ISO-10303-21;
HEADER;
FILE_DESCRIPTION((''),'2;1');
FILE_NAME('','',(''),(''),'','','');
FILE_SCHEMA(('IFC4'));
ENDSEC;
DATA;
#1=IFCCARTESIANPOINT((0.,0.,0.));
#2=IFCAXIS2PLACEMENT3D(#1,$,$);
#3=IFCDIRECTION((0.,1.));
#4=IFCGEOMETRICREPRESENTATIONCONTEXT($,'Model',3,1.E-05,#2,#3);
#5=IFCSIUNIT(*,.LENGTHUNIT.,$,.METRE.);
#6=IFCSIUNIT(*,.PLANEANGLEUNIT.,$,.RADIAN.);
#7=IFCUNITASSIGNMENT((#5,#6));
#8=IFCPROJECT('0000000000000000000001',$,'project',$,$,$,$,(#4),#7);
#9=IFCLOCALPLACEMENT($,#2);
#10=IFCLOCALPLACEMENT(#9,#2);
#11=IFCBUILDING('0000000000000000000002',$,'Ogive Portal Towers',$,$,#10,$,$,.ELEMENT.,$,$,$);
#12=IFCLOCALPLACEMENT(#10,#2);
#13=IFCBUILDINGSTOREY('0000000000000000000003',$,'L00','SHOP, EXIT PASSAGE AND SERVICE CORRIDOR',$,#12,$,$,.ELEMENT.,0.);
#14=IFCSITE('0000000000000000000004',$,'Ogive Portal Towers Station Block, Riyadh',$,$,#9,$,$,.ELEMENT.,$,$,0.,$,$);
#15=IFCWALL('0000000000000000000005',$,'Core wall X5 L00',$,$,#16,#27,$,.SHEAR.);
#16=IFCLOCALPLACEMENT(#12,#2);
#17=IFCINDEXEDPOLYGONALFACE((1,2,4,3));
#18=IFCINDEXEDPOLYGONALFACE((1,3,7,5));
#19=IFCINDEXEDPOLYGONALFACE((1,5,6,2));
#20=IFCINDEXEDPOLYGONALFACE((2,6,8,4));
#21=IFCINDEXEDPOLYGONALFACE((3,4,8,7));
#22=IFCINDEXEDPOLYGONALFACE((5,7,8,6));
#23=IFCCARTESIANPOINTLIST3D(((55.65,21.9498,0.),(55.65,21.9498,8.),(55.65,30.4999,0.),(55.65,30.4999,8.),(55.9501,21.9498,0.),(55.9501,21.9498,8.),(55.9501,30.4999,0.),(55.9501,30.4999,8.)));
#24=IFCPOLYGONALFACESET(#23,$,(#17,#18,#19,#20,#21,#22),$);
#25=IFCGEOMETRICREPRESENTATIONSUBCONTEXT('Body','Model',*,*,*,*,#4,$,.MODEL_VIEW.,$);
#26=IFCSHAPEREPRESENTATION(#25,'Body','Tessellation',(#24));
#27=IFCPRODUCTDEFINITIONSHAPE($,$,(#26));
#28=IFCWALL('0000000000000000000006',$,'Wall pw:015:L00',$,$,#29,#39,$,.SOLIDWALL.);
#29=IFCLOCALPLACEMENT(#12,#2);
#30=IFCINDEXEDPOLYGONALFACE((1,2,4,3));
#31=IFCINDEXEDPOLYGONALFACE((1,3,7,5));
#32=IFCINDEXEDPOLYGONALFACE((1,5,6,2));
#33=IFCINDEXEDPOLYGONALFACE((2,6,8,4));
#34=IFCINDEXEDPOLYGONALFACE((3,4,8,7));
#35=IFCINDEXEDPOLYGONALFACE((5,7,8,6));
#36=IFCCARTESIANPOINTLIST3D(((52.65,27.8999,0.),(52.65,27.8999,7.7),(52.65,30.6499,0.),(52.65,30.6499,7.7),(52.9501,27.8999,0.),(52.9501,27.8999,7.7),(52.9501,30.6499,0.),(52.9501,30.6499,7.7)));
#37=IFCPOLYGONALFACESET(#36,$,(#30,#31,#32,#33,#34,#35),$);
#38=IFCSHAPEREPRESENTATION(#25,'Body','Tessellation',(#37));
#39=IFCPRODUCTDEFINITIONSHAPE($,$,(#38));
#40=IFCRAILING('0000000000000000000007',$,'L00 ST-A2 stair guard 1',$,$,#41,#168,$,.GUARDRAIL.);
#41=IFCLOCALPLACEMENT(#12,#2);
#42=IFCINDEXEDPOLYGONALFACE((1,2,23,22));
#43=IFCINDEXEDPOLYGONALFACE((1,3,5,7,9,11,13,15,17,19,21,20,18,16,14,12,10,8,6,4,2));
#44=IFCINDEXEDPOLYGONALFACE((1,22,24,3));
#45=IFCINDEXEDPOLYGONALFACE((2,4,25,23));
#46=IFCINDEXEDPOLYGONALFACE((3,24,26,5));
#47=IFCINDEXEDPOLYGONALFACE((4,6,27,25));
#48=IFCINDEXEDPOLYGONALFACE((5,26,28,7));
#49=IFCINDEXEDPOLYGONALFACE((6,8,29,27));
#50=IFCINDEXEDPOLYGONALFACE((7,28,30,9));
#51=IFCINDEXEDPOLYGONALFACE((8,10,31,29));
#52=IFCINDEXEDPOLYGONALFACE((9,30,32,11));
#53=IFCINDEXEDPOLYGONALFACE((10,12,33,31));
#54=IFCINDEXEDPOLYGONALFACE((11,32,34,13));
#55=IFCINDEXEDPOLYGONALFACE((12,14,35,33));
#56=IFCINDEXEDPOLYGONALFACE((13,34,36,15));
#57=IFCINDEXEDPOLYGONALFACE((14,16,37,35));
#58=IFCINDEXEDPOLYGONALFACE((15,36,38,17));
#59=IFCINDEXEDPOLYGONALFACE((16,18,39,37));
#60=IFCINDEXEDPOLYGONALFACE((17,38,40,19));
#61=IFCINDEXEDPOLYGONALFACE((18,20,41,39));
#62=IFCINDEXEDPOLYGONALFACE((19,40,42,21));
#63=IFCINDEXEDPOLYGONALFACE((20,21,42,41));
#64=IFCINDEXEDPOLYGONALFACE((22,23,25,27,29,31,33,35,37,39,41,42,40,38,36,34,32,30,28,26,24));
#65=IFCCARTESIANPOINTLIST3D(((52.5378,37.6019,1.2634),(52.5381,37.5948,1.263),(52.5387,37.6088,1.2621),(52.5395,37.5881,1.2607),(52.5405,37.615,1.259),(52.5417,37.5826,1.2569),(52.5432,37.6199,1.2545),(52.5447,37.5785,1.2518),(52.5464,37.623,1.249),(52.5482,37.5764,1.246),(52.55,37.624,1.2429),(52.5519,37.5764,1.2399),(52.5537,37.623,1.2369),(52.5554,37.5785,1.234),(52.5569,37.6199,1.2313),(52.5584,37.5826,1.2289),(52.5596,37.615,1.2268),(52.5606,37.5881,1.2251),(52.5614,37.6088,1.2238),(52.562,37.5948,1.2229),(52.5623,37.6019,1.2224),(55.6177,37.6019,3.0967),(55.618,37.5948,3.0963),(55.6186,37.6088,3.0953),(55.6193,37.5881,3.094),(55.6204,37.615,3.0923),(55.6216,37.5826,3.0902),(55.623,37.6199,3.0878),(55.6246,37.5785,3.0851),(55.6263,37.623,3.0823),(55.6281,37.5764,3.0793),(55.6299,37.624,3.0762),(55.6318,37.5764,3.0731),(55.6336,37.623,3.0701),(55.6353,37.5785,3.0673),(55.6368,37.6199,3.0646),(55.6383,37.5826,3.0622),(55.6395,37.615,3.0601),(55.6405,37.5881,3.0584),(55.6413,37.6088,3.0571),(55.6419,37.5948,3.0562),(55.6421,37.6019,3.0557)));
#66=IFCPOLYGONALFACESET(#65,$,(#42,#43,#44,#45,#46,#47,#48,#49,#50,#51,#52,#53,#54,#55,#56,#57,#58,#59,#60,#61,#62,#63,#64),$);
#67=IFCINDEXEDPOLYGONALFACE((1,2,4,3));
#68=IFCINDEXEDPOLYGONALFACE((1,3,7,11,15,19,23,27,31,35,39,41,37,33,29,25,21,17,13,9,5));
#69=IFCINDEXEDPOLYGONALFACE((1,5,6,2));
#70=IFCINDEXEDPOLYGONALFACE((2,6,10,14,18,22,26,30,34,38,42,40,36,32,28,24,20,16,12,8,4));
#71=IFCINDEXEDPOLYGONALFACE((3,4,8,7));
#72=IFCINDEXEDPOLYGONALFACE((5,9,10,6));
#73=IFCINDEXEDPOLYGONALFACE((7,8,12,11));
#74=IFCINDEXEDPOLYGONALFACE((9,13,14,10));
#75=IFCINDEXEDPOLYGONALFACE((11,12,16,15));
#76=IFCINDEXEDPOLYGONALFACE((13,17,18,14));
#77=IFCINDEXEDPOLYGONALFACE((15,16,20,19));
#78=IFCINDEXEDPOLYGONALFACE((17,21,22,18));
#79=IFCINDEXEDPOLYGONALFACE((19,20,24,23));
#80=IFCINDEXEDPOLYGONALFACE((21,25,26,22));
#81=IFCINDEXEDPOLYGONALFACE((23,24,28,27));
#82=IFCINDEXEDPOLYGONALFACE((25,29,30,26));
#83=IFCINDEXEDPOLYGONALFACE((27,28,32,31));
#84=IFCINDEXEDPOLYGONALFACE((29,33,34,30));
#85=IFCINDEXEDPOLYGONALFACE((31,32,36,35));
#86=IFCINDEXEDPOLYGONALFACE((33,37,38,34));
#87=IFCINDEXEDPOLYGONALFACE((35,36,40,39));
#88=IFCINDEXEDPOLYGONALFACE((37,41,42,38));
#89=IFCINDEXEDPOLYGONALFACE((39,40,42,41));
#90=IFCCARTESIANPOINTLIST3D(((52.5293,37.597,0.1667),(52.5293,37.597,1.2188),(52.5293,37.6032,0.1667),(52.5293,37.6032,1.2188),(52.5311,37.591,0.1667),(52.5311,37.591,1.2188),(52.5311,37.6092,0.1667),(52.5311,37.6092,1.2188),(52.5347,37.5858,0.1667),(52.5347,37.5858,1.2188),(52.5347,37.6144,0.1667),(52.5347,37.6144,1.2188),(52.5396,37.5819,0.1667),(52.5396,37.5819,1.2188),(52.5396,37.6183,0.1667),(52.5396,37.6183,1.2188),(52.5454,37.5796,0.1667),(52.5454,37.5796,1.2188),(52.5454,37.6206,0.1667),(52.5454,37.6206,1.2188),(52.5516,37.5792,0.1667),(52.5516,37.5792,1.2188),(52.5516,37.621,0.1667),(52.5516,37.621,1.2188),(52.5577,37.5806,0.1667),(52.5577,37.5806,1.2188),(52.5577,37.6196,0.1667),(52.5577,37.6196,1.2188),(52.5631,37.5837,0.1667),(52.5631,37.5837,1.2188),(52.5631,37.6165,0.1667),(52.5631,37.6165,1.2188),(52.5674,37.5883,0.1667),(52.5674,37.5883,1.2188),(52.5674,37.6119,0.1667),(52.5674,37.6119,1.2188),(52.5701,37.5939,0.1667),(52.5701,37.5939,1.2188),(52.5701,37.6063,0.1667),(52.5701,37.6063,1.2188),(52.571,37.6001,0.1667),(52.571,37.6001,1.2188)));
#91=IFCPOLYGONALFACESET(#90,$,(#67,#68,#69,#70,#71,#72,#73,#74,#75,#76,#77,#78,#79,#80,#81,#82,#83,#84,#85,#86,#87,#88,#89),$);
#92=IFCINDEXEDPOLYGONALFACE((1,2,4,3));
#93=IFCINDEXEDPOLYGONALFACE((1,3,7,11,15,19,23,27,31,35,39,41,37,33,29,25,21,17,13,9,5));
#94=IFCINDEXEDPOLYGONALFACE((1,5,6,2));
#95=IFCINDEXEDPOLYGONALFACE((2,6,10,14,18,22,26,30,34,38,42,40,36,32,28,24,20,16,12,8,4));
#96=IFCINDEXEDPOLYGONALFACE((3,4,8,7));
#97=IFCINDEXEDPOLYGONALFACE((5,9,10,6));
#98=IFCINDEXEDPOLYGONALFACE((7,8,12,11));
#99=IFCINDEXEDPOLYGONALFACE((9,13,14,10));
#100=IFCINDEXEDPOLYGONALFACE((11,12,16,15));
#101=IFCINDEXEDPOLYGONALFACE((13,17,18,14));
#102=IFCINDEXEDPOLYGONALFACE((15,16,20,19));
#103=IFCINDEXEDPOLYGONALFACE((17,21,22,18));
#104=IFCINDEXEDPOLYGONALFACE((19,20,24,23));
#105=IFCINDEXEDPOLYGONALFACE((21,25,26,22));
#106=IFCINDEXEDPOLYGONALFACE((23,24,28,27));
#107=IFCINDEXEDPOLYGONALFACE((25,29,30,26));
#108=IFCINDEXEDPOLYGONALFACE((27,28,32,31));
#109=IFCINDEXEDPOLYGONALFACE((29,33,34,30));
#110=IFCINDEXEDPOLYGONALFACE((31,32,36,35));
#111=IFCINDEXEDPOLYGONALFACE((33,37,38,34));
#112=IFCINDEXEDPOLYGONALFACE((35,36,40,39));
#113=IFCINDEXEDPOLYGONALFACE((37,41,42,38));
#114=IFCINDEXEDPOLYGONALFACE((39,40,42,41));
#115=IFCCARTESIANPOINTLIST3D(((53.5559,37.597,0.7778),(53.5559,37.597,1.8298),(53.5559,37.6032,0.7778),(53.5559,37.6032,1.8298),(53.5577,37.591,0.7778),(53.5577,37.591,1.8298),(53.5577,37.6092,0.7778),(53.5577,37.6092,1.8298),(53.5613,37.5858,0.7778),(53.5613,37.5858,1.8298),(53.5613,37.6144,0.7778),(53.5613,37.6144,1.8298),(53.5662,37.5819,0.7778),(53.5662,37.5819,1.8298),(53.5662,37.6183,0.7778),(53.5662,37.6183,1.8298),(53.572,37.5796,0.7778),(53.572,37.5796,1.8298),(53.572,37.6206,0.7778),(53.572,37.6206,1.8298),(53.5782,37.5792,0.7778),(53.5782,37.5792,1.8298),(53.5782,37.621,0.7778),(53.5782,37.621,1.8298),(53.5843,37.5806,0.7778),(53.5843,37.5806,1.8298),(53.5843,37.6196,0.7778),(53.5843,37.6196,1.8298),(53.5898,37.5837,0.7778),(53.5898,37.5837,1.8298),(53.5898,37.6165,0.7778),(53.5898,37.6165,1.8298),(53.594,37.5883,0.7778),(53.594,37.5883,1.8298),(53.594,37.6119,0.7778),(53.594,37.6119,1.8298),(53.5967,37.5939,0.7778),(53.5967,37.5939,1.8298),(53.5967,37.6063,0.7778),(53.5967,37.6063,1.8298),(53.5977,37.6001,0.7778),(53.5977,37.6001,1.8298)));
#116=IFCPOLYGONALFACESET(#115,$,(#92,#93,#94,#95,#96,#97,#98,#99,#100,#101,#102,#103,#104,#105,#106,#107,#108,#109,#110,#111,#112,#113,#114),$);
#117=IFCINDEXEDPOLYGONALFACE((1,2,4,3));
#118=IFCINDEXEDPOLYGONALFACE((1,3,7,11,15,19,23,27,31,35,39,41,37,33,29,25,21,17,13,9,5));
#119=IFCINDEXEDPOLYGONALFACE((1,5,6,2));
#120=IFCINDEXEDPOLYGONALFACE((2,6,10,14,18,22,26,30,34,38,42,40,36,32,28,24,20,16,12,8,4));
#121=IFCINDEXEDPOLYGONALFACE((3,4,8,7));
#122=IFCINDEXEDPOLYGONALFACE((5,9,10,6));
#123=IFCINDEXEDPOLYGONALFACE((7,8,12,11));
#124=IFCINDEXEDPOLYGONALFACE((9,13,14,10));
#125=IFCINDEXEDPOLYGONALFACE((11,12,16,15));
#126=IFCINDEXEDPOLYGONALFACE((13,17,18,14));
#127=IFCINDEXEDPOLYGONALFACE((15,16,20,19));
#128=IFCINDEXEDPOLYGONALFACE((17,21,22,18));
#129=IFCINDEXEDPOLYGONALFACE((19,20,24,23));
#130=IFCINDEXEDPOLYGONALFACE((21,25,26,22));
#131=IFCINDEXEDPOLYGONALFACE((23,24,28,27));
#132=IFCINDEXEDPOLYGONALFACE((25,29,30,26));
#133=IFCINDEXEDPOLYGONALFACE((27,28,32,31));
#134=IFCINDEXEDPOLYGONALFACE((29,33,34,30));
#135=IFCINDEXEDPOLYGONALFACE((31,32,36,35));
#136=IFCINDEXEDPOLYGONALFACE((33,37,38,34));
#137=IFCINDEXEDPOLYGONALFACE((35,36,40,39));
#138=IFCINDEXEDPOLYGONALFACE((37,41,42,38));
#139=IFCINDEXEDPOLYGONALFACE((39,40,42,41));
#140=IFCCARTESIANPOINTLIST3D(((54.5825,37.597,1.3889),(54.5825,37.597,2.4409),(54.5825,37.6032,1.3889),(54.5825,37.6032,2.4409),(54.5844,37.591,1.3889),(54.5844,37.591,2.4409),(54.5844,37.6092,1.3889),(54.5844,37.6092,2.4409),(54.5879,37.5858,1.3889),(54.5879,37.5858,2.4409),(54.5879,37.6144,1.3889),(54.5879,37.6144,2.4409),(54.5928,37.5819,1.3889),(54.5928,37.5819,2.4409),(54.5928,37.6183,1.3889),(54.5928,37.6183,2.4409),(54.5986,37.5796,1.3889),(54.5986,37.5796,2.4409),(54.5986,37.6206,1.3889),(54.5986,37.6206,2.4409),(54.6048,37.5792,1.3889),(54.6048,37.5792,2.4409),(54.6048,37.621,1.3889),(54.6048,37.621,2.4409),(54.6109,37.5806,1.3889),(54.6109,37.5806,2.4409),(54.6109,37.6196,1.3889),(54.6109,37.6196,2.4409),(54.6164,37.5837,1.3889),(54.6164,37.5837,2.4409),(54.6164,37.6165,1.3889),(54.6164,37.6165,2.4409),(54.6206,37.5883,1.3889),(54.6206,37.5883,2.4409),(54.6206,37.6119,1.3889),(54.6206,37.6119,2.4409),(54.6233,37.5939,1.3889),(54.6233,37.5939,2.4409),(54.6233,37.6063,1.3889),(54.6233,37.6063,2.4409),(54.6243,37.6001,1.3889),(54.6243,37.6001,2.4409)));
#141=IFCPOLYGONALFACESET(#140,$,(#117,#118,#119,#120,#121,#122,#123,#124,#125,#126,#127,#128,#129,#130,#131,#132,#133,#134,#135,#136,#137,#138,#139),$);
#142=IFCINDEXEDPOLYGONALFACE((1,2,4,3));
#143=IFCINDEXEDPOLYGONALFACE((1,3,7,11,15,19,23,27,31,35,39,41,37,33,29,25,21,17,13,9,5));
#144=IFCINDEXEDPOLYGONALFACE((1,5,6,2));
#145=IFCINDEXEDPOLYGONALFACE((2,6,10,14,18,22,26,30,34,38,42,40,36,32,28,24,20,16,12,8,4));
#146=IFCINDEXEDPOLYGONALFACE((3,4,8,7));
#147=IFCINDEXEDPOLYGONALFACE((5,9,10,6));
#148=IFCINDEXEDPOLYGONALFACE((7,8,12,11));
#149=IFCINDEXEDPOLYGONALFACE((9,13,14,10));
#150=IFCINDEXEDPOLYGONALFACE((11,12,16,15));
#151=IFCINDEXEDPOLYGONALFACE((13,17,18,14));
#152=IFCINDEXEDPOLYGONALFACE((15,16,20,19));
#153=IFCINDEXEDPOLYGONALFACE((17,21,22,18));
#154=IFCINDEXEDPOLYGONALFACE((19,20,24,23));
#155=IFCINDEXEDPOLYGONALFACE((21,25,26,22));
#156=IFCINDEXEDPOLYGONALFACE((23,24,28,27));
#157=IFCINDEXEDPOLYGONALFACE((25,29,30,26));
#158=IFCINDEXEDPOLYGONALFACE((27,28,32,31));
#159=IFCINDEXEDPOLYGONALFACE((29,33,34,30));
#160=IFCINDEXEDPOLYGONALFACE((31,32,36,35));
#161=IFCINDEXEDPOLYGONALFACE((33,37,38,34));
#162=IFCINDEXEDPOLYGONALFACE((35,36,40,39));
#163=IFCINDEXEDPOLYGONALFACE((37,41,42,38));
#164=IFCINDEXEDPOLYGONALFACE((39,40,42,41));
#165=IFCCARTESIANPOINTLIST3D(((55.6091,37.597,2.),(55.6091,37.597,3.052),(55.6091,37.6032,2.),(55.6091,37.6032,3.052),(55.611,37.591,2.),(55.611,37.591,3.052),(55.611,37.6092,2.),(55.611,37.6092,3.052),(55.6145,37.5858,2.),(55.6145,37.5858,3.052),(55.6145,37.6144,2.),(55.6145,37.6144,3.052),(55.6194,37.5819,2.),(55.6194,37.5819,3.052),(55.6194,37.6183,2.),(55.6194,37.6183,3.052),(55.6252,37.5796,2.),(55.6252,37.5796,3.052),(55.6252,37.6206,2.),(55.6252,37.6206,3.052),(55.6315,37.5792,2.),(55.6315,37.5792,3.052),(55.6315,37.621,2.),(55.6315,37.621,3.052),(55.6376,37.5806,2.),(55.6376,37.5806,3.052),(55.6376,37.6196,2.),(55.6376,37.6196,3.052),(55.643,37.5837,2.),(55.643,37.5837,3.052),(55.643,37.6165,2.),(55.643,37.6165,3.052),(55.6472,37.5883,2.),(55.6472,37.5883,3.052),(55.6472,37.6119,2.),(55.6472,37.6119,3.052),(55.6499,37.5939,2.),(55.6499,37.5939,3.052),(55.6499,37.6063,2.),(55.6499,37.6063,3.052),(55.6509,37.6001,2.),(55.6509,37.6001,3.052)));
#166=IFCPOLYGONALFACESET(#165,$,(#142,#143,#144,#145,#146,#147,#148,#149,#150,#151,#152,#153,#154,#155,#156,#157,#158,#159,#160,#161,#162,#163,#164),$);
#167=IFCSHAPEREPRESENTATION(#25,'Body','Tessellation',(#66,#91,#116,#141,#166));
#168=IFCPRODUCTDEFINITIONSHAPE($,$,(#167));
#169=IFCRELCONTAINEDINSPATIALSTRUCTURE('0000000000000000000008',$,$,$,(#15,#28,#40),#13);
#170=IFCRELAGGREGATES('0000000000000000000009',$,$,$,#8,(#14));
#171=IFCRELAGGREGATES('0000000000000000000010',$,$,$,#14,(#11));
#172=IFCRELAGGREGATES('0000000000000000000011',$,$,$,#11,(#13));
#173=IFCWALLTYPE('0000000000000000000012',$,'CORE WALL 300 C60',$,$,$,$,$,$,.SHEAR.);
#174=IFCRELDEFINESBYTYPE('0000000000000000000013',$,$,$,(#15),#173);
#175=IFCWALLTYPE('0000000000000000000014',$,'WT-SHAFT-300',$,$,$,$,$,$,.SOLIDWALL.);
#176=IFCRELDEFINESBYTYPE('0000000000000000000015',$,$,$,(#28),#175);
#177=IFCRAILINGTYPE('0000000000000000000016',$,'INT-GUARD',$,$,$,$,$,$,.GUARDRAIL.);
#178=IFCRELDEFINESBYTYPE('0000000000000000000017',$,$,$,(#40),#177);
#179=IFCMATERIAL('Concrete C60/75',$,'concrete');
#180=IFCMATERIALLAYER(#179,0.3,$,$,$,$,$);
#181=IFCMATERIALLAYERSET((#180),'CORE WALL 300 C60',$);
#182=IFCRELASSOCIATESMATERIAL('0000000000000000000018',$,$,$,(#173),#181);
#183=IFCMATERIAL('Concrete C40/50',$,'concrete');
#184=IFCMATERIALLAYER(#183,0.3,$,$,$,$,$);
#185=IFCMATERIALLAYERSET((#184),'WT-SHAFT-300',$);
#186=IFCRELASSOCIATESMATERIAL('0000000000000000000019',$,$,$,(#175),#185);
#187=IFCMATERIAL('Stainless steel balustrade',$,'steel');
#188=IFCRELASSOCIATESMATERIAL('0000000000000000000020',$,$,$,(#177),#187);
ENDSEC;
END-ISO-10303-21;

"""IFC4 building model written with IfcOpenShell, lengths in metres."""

from ifc_helpers import new_model, si_unit, direction, frame, frame_2d, origin, origin_2d, place, context, subcontext, project, spatial, rectangle, circle, extrude, material, layer, layer_set, type_object, element, save


model = new_model("IFC4")

# Units and contexts
model_context = context("Model", 3, precision=1e-05, world=origin(), true_north=direction((0.0, 1.0)))
body_context = subcontext(model_context, "Body", "Model", "MODEL_VIEW")
ifc_project = project(units=[si_unit("LENGTHUNIT", "METRE"), si_unit("PLANEANGLEUNIT", "RADIAN")], contexts=[model_context])

# Site, building, storey
site_placement = place(None, origin())
site = spatial("IfcSite", under=ifc_project, at=site_placement, Name="Ogive Portal Towers Station Block, Riyadh", CompositionType="ELEMENT", RefElevation=0.0)
building_placement = place(site_placement, origin())
building = spatial("IfcBuilding", under=site, at=building_placement, Name="Ogive Portal Towers", CompositionType="ELEMENT")
storey_placement = place(building_placement, origin())
storey = spatial("IfcBuildingStorey", under=building, at=storey_placement, Name="L00", Description="SHOP, EXIT PASSAGE AND SERVICE CORRIDOR", CompositionType="ELEMENT", Elevation=0.0)

# Wall
ifc_material_1 = material(Name="Concrete C60/75", Category="concrete")
ifc_layer_1 = layer(ifc_material_1, 0.3)
ifc_layer_set_1 = layer_set([ifc_layer_1], Name="CORE WALL 300 C60")
wall_type_1 = type_object("IfcWallType", Name="CORE WALL 300 C60", PredefinedType="SHEAR", material=ifc_layer_set_1)
wall_1_placement = place(storey_placement, frame((55.8, 21.95, 0.0), z_axis=(0.0, 0.0, 1.0), x_axis=(0.0, 1.0, 0.0)))
element("IfcWall", 1, at=wall_1_placement, inside=storey, type_object=wall_type_1, Name="Core wall X5 L00", PredefinedType="SHEAR", context=body_context, shape_type="SweptSolid", body=[
    extrude(rectangle(XDim=8.55, YDim=0.3, at=frame_2d((4.2749, 0.0))), origin(), (0.0, 0.0, 1.0), 8.0),
])

# Wall
ifc_material_2 = material(Name="Concrete C40/50", Category="concrete")
ifc_layer_2 = layer(ifc_material_2, 0.3)
ifc_layer_set_2 = layer_set([ifc_layer_2], Name="WT-SHAFT-300")
wall_type_2 = type_object("IfcWallType", Name="WT-SHAFT-300", PredefinedType="SOLIDWALL", material=ifc_layer_set_2)
wall_2_placement = place(storey_placement, frame((52.8, 27.8999, 0.0), z_axis=(0.0, 0.0, 1.0), x_axis=(0.0, 1.0, 0.0)))
element("IfcWall", 2, at=wall_2_placement, inside=storey, type_object=wall_type_2, Name="Wall pw:015:L00", PredefinedType="SOLIDWALL", context=body_context, shape_type="SweptSolid", body=[
    extrude(rectangle(XDim=2.75, YDim=0.3, at=frame_2d((1.375, 0.0))), origin(), (0.0, 0.0, 1.0), 7.7),
])

# Railing
ifc_material_3 = material(Name="Stainless steel balustrade", Category="steel")
railing_type_1 = type_object("IfcRailingType", Name="INT-GUARD", PredefinedType="GUARDRAIL", material=ifc_material_3)
railing_1_placement = place(storey_placement, frame((52.55, 37.6001, 0.1667)))
element("IfcRailing", 3, at=railing_1_placement, inside=storey, type_object=railing_type_1, Name="L00 ST-A2 stair guard 1", PredefinedType="GUARDRAIL", context=body_context, shape_type="SweptSolid", body=[
    extrude(circle(Radius=0.0239, at=origin_2d()), frame((0.0, 0.0, 1.0762), z_axis=(0.859291, 0.0, 0.511487), x_axis=(0.0, 1.0, 0.0)), (0.0, 0.0, 1.0), 3.5842),
    extrude(circle(Radius=0.021, at=origin_2d()), origin(), (0.0, 0.0, 1.0), 1.052),
    extrude(circle(Radius=0.021, at=origin_2d()), frame((1.0266, 0.0, 0.6111)), (0.0, 0.0, 1.0), 1.052),
    extrude(circle(Radius=0.021, at=origin_2d()), frame((2.0532, 0.0, 1.2222)), (0.0, 0.0, 1.0), 1.052),
    extrude(circle(Radius=0.021, at=origin_2d()), frame((3.0798, 0.0, 1.8333)), (0.0, 0.0, 1.0), 1.052),
])

save(model, "model.ifc")
